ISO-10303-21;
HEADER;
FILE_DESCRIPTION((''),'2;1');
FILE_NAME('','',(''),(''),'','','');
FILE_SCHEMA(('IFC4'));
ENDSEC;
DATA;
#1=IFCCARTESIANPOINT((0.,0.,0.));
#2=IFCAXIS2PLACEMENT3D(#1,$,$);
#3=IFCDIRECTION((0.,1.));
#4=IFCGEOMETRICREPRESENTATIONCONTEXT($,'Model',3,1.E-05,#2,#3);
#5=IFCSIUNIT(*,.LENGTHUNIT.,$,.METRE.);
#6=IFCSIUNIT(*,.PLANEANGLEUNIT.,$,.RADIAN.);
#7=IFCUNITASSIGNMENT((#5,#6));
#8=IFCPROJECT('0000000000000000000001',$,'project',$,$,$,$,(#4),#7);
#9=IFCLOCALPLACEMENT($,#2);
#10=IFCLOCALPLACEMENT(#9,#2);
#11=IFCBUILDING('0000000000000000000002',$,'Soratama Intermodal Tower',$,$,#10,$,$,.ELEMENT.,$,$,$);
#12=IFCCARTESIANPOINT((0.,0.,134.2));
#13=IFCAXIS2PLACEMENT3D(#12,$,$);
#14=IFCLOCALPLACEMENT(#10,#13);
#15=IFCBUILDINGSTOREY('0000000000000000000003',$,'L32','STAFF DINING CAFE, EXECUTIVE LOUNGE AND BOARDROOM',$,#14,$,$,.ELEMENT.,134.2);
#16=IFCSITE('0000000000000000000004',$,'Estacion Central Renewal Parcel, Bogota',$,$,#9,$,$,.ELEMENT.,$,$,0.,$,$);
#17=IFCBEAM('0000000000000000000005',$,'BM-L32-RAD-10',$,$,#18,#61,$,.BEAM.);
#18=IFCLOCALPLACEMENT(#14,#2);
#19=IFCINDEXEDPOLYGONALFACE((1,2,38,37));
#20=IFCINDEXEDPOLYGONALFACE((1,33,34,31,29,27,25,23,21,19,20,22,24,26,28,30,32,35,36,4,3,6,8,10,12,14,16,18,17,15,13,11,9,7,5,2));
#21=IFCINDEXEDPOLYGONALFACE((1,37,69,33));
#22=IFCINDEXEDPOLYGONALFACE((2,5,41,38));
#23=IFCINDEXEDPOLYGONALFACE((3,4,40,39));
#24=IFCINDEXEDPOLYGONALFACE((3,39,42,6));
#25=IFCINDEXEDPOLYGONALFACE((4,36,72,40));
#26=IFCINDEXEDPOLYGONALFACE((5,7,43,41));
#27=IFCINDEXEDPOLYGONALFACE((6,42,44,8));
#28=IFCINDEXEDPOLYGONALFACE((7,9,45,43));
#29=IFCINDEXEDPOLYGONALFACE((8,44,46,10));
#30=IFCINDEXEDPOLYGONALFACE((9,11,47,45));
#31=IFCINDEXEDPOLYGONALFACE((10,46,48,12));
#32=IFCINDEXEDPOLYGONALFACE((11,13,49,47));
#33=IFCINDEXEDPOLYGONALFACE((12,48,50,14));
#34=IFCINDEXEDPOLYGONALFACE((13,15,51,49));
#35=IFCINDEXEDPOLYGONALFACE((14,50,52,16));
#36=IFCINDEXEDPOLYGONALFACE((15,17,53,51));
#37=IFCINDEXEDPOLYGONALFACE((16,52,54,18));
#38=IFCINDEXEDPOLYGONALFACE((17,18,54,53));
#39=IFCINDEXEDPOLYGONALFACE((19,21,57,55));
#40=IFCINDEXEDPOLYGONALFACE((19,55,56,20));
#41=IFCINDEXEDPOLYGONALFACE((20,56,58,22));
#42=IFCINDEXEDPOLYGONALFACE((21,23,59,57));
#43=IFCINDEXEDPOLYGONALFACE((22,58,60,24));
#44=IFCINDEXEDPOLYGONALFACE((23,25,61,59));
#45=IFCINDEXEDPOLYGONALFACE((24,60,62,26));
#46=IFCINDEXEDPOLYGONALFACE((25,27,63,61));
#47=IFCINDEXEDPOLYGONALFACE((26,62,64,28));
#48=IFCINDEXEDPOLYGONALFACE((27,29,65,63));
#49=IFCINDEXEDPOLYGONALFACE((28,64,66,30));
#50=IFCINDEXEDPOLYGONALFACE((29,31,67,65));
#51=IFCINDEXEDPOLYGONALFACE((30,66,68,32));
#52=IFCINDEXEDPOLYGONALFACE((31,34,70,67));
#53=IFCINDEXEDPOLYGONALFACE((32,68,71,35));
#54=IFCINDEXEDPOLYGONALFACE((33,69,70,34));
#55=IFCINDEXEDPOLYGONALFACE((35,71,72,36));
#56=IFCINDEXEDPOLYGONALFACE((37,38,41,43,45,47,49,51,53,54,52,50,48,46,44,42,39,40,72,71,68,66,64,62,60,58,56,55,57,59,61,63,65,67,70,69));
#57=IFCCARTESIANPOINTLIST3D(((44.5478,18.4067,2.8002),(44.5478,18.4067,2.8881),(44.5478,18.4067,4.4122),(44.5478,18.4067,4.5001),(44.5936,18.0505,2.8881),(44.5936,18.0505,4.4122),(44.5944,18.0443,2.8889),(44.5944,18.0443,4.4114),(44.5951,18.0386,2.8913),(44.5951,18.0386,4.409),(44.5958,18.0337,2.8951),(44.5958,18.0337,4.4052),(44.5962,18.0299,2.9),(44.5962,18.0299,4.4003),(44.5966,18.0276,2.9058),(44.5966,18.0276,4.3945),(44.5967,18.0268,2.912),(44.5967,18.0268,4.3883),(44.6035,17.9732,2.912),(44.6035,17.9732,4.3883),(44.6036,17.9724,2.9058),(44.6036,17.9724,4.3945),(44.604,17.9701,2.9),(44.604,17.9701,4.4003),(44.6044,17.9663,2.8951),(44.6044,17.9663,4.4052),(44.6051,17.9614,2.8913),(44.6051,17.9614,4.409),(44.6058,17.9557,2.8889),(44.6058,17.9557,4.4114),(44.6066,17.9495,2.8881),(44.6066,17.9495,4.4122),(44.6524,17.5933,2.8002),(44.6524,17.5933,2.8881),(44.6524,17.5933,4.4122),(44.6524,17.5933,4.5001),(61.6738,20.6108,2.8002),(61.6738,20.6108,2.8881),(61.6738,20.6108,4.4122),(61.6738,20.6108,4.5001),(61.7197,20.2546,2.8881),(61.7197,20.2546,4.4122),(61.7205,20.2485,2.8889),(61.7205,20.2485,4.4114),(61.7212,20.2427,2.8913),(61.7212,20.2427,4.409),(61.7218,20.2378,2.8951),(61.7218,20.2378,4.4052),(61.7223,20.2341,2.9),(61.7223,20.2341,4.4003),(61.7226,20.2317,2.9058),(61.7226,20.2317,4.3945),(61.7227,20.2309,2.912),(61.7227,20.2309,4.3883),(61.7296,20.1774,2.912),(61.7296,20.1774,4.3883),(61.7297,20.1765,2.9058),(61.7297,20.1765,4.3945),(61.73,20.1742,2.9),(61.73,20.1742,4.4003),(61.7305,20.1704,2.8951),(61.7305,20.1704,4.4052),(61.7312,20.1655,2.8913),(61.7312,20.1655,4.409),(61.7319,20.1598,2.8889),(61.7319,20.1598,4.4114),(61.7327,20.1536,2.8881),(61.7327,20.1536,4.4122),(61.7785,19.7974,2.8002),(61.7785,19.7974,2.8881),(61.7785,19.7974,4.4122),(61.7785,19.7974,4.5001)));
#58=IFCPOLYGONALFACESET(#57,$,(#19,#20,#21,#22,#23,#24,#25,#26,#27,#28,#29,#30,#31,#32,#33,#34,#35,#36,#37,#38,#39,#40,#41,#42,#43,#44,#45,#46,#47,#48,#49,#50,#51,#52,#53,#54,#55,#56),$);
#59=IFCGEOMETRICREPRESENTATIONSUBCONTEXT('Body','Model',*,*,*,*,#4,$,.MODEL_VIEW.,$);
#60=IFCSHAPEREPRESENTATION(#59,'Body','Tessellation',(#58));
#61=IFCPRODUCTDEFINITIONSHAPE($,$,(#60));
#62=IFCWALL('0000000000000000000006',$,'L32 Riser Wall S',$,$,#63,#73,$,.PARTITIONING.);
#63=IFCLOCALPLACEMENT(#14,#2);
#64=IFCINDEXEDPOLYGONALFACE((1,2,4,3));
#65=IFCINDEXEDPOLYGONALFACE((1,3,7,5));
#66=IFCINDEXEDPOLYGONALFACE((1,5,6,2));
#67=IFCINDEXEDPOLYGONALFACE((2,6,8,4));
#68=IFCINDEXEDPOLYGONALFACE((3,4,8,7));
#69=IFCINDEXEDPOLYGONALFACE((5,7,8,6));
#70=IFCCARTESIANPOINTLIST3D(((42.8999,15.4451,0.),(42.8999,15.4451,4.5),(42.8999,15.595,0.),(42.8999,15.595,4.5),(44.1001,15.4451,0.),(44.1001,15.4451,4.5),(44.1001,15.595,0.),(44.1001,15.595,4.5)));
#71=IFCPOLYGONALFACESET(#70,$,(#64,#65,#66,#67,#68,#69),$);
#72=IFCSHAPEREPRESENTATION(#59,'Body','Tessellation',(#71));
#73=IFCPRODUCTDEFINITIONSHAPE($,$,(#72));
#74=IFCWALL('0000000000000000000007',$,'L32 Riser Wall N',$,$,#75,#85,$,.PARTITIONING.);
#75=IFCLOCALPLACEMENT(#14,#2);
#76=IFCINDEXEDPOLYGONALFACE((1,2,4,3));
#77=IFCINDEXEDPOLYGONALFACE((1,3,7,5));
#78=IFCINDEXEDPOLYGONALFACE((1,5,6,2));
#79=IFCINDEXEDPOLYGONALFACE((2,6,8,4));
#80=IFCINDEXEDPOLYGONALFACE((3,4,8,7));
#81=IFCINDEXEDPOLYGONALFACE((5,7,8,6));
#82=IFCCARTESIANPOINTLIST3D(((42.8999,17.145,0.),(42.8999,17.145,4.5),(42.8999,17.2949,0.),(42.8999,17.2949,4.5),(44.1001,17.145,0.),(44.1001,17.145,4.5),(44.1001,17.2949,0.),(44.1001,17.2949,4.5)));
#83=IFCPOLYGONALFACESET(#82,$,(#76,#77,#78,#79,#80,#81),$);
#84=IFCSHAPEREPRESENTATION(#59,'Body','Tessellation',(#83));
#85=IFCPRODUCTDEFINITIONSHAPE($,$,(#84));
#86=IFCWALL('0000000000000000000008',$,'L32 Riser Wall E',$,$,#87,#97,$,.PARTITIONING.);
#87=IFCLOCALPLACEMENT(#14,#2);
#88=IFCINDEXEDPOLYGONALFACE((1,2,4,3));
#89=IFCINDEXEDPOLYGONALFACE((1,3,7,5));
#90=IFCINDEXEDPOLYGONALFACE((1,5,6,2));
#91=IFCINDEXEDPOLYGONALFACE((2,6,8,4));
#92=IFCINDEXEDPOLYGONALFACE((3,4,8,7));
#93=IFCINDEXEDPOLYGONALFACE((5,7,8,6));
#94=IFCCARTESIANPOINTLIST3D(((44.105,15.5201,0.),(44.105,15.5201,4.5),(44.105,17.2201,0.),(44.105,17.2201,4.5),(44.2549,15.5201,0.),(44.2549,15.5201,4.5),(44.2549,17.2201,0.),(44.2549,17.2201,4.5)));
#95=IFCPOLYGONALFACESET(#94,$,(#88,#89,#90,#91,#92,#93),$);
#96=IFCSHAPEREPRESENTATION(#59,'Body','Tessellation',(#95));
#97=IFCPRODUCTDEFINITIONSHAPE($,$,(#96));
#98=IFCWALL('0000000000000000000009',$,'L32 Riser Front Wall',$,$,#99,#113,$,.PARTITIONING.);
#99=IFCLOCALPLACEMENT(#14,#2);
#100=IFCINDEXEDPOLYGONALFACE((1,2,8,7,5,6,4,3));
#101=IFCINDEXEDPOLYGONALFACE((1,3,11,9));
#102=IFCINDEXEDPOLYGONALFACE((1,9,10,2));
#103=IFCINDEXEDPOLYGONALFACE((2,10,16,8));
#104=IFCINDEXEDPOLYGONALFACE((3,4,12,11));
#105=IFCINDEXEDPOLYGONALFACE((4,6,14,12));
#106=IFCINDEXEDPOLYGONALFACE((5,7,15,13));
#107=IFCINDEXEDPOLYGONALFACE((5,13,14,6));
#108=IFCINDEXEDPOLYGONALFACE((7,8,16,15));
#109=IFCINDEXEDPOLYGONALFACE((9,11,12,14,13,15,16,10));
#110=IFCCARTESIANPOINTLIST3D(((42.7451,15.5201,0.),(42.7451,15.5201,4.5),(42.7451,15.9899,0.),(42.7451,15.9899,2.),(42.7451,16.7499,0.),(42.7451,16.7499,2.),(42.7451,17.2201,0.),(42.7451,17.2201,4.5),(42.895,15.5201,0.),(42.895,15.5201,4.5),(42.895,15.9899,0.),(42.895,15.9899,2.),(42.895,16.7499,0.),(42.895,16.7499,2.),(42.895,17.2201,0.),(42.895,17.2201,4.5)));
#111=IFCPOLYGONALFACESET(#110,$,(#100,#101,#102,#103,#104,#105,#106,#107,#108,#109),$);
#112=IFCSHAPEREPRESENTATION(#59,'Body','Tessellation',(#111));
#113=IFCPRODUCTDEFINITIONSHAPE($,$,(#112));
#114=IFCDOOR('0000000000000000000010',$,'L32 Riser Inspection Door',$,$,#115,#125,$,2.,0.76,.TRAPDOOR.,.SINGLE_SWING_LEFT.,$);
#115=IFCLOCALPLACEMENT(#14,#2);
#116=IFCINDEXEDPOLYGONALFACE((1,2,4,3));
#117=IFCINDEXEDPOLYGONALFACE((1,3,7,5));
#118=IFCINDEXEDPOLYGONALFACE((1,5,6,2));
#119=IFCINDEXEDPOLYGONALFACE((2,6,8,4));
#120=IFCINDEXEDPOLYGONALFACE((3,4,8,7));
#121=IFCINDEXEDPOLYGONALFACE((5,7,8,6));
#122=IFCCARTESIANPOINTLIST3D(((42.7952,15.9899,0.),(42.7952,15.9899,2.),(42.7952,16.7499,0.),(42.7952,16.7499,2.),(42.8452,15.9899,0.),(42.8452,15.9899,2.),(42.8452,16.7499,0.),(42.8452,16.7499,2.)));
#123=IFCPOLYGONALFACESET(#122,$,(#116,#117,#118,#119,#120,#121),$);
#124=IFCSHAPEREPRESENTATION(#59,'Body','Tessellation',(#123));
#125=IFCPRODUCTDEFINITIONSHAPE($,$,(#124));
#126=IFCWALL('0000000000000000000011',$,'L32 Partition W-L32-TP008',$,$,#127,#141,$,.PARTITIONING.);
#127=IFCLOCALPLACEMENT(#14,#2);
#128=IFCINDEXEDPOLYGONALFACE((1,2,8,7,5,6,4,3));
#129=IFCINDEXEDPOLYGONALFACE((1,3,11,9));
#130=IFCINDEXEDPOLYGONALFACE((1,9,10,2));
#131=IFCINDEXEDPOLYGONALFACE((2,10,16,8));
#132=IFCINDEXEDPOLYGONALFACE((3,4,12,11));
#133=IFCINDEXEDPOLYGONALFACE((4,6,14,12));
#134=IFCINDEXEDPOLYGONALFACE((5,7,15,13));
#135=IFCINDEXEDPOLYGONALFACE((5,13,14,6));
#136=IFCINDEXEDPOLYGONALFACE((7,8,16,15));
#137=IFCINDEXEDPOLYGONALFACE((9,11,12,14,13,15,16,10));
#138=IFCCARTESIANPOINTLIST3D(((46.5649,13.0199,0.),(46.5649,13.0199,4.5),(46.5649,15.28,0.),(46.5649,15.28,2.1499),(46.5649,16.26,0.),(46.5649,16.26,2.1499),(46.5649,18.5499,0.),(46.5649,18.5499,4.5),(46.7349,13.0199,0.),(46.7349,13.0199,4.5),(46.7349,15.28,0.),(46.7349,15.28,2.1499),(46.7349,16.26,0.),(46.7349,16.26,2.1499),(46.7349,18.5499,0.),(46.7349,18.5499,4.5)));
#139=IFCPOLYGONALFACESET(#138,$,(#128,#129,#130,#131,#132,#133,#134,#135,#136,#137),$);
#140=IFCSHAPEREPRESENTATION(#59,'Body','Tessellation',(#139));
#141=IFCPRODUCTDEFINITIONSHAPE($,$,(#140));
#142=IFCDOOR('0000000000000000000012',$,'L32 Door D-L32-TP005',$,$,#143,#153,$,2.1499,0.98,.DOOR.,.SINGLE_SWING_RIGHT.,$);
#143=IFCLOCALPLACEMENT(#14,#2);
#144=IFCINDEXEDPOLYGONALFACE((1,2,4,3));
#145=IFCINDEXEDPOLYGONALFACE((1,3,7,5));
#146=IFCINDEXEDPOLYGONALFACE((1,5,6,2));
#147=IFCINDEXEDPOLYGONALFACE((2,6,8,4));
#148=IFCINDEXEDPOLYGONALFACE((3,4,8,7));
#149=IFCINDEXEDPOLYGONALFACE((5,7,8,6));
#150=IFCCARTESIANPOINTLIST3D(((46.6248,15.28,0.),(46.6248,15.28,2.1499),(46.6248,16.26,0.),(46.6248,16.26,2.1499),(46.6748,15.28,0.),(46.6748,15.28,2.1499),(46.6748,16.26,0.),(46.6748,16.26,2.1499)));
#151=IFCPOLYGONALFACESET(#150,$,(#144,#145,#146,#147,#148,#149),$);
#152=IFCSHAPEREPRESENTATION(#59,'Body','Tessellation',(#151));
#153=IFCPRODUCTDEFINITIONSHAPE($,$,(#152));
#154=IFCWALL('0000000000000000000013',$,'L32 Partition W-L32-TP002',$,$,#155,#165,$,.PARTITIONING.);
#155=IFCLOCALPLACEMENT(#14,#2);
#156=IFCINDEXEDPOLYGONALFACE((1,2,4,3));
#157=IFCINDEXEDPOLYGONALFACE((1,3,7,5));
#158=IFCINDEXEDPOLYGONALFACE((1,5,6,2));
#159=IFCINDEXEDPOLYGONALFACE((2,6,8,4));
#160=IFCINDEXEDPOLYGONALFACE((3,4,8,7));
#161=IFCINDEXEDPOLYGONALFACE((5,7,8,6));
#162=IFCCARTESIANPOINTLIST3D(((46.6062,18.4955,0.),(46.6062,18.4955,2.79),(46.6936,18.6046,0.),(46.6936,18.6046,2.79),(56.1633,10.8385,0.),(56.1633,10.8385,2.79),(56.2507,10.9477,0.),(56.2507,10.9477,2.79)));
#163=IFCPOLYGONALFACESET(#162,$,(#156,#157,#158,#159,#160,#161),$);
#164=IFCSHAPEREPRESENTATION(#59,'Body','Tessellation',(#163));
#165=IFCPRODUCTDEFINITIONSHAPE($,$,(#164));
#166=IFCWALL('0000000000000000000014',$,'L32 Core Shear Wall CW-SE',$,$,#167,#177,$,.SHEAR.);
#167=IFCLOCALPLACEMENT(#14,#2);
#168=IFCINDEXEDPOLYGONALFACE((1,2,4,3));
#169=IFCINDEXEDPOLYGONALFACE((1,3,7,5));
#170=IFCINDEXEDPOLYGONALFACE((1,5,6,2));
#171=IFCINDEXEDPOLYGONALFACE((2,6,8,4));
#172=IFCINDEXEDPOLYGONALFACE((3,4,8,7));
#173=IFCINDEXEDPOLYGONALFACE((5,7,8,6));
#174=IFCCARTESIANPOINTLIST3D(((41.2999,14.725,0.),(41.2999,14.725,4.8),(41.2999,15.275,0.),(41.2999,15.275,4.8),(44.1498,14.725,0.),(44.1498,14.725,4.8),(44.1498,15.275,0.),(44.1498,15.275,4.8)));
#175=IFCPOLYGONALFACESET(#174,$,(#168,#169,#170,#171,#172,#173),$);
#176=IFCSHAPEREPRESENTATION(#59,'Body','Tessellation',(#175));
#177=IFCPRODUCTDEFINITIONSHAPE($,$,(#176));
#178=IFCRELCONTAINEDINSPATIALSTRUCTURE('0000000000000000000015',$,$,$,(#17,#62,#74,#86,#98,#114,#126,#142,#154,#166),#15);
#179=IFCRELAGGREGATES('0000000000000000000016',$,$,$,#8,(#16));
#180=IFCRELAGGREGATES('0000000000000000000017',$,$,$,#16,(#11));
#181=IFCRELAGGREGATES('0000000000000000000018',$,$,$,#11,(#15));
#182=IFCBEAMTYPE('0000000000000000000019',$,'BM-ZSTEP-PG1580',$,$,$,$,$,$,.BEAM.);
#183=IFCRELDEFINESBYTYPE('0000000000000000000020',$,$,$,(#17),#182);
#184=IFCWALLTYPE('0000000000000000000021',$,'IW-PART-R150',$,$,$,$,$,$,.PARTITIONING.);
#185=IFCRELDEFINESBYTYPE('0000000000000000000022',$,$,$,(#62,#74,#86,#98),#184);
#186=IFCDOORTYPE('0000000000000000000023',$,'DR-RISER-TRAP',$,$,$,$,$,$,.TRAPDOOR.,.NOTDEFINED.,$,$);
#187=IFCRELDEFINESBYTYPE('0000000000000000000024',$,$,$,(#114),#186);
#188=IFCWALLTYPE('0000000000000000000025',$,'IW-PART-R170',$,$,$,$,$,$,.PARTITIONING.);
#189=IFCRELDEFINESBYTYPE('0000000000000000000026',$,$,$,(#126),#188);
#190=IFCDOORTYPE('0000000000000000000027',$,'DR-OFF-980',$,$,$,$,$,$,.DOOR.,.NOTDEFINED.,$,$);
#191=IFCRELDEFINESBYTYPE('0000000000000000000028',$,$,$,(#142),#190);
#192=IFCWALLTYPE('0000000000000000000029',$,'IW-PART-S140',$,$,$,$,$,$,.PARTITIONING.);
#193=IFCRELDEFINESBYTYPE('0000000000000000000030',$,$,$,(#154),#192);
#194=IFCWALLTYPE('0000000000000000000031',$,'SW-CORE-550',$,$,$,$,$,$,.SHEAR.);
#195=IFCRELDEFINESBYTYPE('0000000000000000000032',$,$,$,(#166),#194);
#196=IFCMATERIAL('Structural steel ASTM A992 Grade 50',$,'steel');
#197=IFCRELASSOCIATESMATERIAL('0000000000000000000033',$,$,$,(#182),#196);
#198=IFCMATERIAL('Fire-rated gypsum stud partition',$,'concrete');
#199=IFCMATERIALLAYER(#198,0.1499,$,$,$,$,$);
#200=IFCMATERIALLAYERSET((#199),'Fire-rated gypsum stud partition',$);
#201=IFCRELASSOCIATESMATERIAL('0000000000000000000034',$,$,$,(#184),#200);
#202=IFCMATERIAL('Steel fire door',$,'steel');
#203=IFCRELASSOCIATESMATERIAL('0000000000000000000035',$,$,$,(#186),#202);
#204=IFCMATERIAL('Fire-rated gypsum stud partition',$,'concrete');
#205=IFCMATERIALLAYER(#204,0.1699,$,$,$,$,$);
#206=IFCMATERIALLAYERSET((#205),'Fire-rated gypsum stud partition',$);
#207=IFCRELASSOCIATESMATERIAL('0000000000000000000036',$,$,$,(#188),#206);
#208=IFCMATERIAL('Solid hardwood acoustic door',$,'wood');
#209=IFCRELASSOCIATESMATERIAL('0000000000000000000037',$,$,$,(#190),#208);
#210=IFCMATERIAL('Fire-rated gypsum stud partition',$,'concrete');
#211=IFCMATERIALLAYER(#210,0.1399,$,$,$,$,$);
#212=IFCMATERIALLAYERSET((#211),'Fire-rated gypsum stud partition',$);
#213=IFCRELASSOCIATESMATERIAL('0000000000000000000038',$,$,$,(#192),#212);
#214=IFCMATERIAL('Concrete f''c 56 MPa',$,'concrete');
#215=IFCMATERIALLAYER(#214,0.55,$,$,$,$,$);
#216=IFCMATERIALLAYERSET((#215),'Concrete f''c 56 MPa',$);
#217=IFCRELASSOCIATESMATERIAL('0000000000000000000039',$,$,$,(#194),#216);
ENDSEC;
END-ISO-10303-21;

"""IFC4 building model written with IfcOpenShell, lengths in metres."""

from ifc_helpers import new_model, si_unit, direction, frame, frame_2d, origin, origin_2d, place, context, subcontext, project, spatial, rectangle, i_section, extrude, material, layer, layer_set, material_profile, profile_set, type_object, element, fill, save


model = new_model("IFC4")

# Units and contexts
model_context = context("Model", 3, precision=1e-05, world=origin(), true_north=direction((0.0, 1.0)))
body_context = subcontext(model_context, "Body", "Model", "MODEL_VIEW")
ifc_project = project(units=[si_unit("LENGTHUNIT", "METRE"), si_unit("PLANEANGLEUNIT", "RADIAN")], contexts=[model_context])

# Site, building, storey
site_placement = place(None, origin())
site = spatial("IfcSite", under=ifc_project, at=site_placement, Name="Estacion Central Renewal Parcel, Bogota", CompositionType="ELEMENT", RefElevation=0.0)
building_placement = place(site_placement, origin())
building = spatial("IfcBuilding", under=site, at=building_placement, Name="Soratama Intermodal Tower", CompositionType="ELEMENT")
storey_placement = place(building_placement, frame((0.0, 0.0, 134.2)))
storey = spatial("IfcBuildingStorey", under=building, at=storey_placement, Name="L32", Description="STAFF DINING CAFE, EXECUTIVE LOUNGE AND BOARDROOM", CompositionType="ELEMENT", Elevation=134.2)

# Beam
ifc_material_1 = material(Name="Structural steel ASTM A992 Grade 50", Category="steel")
ifc_material_profile_1 = material_profile(ifc_material_1, i_section(OverallWidth=0.8201, OverallDepth=1.7, WebThickness=0.054, FlangeThickness=0.0879, FilletRadius=0.0239, at=origin_2d()), Name="PG1580X800")
ifc_profile_set_1 = profile_set([ifc_material_profile_1], Name="Structural steel ASTM A992 Grade 50")
beam_type_1 = type_object("IfcBeamType", Name="BM-ZSTEP-PG1580", PredefinedType="BEAM", material=ifc_profile_set_1)
beam_1_placement = place(storey_placement, frame((44.6001, 18.0, 3.6501), z_axis=(0.99182, 0.127647, 0.0), x_axis=(-0.127647, 0.99182, 0.0)))
element("IfcBeam", 1, at=beam_1_placement, inside=storey, type_object=beam_type_1, Name="BM-L32-RAD-10", PredefinedType="BEAM", context=body_context, shape_type="SweptSolid", body=[
    extrude(i_section(OverallWidth=0.8201, OverallDepth=1.7, WebThickness=0.054, FlangeThickness=0.0879, FilletRadius=0.0239, at=origin_2d()), origin(), (0.0, 0.0, 1.0), 17.2673),
])

# Walls
ifc_material_2 = material(Name="Fire-rated gypsum stud partition", Category="concrete")
ifc_layer_1 = layer(ifc_material_2, 0.1499)
ifc_layer_set_1 = layer_set([ifc_layer_1], Name="Fire-rated gypsum stud partition")
wall_type_1 = type_object("IfcWallType", Name="IW-PART-R150", PredefinedType="PARTITIONING", material=ifc_layer_set_1)
for number, where, z_axis, x_axis, name in (
    (2, (42.8999, 15.52, 0.0), (0.0, 0.0, 1.0), (1.0, 0.0, 0.0), "L32 Riser Wall S"),
    (3, (42.8999, 17.22, 0.0), (0.0, 0.0, 1.0), (1.0, 0.0, 0.0), "L32 Riser Wall N"),
):
    element("IfcWall", number, at=place(storey_placement, frame(where, z_axis=z_axis, x_axis=x_axis)), inside=storey, type_object=wall_type_1, Name=name, PredefinedType="PARTITIONING", context=body_context, shape_type="SweptSolid", body=[
        extrude(rectangle(XDim=1.2002, YDim=0.1499, at=frame_2d((0.6001, 0.0))), origin(), (0.0, 0.0, 1.0), 4.5),
    ])
wall_1_placement = place(storey_placement, frame((44.1799, 15.52, 0.0), z_axis=(0.0, 0.0, 1.0), x_axis=(0.0, 1.0, 0.0)))
element("IfcWall", 4, at=wall_1_placement, inside=storey, type_object=wall_type_1, Name="L32 Riser Wall E", PredefinedType="PARTITIONING", context=body_context, shape_type="SweptSolid", body=[
    extrude(rectangle(XDim=1.7, YDim=0.1499, at=frame_2d((0.8501, 0.0))), origin(), (0.0, 0.0, 1.0), 4.5),
])

# Walls, openings, doors
wall_2_placement = place(storey_placement, frame((42.8201, 15.52, 0.0), z_axis=(0.0, 0.0, 1.0), x_axis=(0.0, 1.0, 0.0)))
wall_2 = element("IfcWall", 5, at=wall_2_placement, inside=storey, type_object=wall_type_1, Name="L32 Riser Front Wall", PredefinedType="PARTITIONING", context=body_context, shape_type="SweptSolid", body=[
    extrude(rectangle(XDim=1.7, YDim=0.1499, at=frame_2d((0.8501, 0.0))), origin(), (0.0, 0.0, 1.0), 4.5),
])
opening_1_placement = place(wall_2_placement, frame((0.47, 0.0, 0.0)))
opening_1 = element("IfcOpeningElement", 6, at=opening_1_placement, cuts=wall_2, PredefinedType="OPENING", context=body_context, shape_type="SweptSolid", body=[
    extrude(rectangle(XDim=0.76, YDim=2.0, at=frame_2d((0.3799, 1.0))), frame((0.0, 0.085, 0.0), z_axis=(0.0, -1.0, 0.0), x_axis=(1.0, 0.0, 0.0)), (0.0, 0.0, 1.0), 0.1699),
])
ifc_material_3 = material(Name="Steel fire door", Category="steel")
door_type_1 = type_object("IfcDoorType", Name="DR-RISER-TRAP", OperationType="NOTDEFINED", PredefinedType="TRAPDOOR", material=ifc_material_3)
door_1_placement = place(opening_1_placement, origin())
door_1 = element("IfcDoor", 7, at=door_1_placement, inside=storey, type_object=door_type_1, Name="L32 Riser Inspection Door", OperationType="SINGLE_SWING_LEFT", OverallHeight=2.0, OverallWidth=0.76, PredefinedType="TRAPDOOR", context=body_context, shape_type="SweptSolid", body=[
    extrude(rectangle(XDim=0.76, YDim=2.0, at=frame_2d((0.3799, 1.0))), frame((0.0, 0.0249, 0.0), z_axis=(0.0, -1.0, 0.0), x_axis=(1.0, 0.0, 0.0)), (0.0, 0.0, 1.0), 0.05),
])
fill(opening_1, door_1)
ifc_material_4 = material(Name="Fire-rated gypsum stud partition", Category="concrete")
ifc_layer_2 = layer(ifc_material_4, 0.1699)
ifc_layer_set_2 = layer_set([ifc_layer_2], Name="Fire-rated gypsum stud partition")
wall_type_2 = type_object("IfcWallType", Name="IW-PART-R170", PredefinedType="PARTITIONING", material=ifc_layer_set_2)
wall_3_placement = place(storey_placement, frame((46.6499, 18.55, 0.0), z_axis=(0.0, 0.0, 1.0), x_axis=(0.0, -1.0, 0.0)))
wall_3 = element("IfcWall", 8, at=wall_3_placement, inside=storey, type_object=wall_type_2, Name="L32 Partition W-L32-TP008", PredefinedType="PARTITIONING", context=body_context, shape_type="SweptSolid", body=[
    extrude(rectangle(XDim=5.53, YDim=0.1699, at=frame_2d((2.7651, 0.0))), origin(), (0.0, 0.0, 1.0), 4.5),
])
opening_2_placement = place(wall_3_placement, frame((2.29, 0.0, 0.0)))
opening_2 = element("IfcOpeningElement", 9, at=opening_2_placement, cuts=wall_3, PredefinedType="OPENING", context=body_context, shape_type="SweptSolid", body=[
    extrude(rectangle(XDim=0.98, YDim=2.1499, at=frame_2d((0.49, 1.075))), frame((0.0, 0.095, 0.0), z_axis=(0.0, -1.0, 0.0), x_axis=(1.0, 0.0, 0.0)), (0.0, 0.0, 1.0), 0.1899),
])
ifc_material_5 = material(Name="Solid hardwood acoustic door", Category="wood")
door_type_2 = type_object("IfcDoorType", Name="DR-OFF-980", OperationType="NOTDEFINED", PredefinedType="DOOR", material=ifc_material_5)
door_2_placement = place(opening_2_placement, origin())
door_2 = element("IfcDoor", 10, at=door_2_placement, inside=storey, type_object=door_type_2, Name="L32 Door D-L32-TP005", OperationType="SINGLE_SWING_RIGHT", OverallHeight=2.1499, OverallWidth=0.98, PredefinedType="DOOR", context=body_context, shape_type="SweptSolid", body=[
    extrude(rectangle(XDim=0.98, YDim=2.1499, at=frame_2d((0.49, 1.075))), frame((0.0, 0.0249, 0.0), z_axis=(0.0, -1.0, 0.0), x_axis=(1.0, 0.0, 0.0)), (0.0, 0.0, 1.0), 0.05),
])
fill(opening_2, door_2)

# Walls
ifc_material_6 = material(Name="Fire-rated gypsum stud partition", Category="concrete")
ifc_layer_3 = layer(ifc_material_6, 0.1399)
ifc_layer_set_3 = layer_set([ifc_layer_3], Name="Fire-rated gypsum stud partition")
wall_type_3 = type_object("IfcWallType", Name="IW-PART-S140", PredefinedType="PARTITIONING", material=ifc_layer_set_3)
wall_4_placement = place(storey_placement, frame((46.6499, 18.55, 0.0), z_axis=(0.0, 0.0, 1.0), x_axis=(0.780419, -0.625257, 0.0)))
element("IfcWall", 11, at=wall_4_placement, inside=storey, type_object=wall_type_3, Name="L32 Partition W-L32-TP002", PredefinedType="PARTITIONING", context=body_context, shape_type="SweptSolid", body=[
    extrude(rectangle(XDim=12.2461, YDim=0.1399, at=frame_2d((6.123, 0.0))), origin(), (0.0, 0.0, 1.0), 2.79),
])
ifc_material_7 = material(Name="Concrete f'c 56 MPa", Category="concrete")
ifc_layer_4 = layer(ifc_material_7, 0.55)
ifc_layer_set_4 = layer_set([ifc_layer_4], Name="Concrete f'c 56 MPa")
wall_type_4 = type_object("IfcWallType", Name="SW-CORE-550", PredefinedType="SHEAR", material=ifc_layer_set_4)
wall_5_placement = place(storey_placement, frame((41.3, 15.0, 0.0), z_axis=(0.0, 0.0, 1.0), x_axis=(1.0, 0.0, 0.0)))
element("IfcWall", 12, at=wall_5_placement, inside=storey, type_object=wall_type_4, Name="L32 Core Shear Wall CW-SE", PredefinedType="SHEAR", context=body_context, shape_type="SweptSolid", body=[
    extrude(rectangle(XDim=2.8499, YDim=0.55, at=frame_2d((1.4248, 0.0))), origin(), (0.0, 0.0, 1.0), 4.8),
])

save(model, "model.ifc")
